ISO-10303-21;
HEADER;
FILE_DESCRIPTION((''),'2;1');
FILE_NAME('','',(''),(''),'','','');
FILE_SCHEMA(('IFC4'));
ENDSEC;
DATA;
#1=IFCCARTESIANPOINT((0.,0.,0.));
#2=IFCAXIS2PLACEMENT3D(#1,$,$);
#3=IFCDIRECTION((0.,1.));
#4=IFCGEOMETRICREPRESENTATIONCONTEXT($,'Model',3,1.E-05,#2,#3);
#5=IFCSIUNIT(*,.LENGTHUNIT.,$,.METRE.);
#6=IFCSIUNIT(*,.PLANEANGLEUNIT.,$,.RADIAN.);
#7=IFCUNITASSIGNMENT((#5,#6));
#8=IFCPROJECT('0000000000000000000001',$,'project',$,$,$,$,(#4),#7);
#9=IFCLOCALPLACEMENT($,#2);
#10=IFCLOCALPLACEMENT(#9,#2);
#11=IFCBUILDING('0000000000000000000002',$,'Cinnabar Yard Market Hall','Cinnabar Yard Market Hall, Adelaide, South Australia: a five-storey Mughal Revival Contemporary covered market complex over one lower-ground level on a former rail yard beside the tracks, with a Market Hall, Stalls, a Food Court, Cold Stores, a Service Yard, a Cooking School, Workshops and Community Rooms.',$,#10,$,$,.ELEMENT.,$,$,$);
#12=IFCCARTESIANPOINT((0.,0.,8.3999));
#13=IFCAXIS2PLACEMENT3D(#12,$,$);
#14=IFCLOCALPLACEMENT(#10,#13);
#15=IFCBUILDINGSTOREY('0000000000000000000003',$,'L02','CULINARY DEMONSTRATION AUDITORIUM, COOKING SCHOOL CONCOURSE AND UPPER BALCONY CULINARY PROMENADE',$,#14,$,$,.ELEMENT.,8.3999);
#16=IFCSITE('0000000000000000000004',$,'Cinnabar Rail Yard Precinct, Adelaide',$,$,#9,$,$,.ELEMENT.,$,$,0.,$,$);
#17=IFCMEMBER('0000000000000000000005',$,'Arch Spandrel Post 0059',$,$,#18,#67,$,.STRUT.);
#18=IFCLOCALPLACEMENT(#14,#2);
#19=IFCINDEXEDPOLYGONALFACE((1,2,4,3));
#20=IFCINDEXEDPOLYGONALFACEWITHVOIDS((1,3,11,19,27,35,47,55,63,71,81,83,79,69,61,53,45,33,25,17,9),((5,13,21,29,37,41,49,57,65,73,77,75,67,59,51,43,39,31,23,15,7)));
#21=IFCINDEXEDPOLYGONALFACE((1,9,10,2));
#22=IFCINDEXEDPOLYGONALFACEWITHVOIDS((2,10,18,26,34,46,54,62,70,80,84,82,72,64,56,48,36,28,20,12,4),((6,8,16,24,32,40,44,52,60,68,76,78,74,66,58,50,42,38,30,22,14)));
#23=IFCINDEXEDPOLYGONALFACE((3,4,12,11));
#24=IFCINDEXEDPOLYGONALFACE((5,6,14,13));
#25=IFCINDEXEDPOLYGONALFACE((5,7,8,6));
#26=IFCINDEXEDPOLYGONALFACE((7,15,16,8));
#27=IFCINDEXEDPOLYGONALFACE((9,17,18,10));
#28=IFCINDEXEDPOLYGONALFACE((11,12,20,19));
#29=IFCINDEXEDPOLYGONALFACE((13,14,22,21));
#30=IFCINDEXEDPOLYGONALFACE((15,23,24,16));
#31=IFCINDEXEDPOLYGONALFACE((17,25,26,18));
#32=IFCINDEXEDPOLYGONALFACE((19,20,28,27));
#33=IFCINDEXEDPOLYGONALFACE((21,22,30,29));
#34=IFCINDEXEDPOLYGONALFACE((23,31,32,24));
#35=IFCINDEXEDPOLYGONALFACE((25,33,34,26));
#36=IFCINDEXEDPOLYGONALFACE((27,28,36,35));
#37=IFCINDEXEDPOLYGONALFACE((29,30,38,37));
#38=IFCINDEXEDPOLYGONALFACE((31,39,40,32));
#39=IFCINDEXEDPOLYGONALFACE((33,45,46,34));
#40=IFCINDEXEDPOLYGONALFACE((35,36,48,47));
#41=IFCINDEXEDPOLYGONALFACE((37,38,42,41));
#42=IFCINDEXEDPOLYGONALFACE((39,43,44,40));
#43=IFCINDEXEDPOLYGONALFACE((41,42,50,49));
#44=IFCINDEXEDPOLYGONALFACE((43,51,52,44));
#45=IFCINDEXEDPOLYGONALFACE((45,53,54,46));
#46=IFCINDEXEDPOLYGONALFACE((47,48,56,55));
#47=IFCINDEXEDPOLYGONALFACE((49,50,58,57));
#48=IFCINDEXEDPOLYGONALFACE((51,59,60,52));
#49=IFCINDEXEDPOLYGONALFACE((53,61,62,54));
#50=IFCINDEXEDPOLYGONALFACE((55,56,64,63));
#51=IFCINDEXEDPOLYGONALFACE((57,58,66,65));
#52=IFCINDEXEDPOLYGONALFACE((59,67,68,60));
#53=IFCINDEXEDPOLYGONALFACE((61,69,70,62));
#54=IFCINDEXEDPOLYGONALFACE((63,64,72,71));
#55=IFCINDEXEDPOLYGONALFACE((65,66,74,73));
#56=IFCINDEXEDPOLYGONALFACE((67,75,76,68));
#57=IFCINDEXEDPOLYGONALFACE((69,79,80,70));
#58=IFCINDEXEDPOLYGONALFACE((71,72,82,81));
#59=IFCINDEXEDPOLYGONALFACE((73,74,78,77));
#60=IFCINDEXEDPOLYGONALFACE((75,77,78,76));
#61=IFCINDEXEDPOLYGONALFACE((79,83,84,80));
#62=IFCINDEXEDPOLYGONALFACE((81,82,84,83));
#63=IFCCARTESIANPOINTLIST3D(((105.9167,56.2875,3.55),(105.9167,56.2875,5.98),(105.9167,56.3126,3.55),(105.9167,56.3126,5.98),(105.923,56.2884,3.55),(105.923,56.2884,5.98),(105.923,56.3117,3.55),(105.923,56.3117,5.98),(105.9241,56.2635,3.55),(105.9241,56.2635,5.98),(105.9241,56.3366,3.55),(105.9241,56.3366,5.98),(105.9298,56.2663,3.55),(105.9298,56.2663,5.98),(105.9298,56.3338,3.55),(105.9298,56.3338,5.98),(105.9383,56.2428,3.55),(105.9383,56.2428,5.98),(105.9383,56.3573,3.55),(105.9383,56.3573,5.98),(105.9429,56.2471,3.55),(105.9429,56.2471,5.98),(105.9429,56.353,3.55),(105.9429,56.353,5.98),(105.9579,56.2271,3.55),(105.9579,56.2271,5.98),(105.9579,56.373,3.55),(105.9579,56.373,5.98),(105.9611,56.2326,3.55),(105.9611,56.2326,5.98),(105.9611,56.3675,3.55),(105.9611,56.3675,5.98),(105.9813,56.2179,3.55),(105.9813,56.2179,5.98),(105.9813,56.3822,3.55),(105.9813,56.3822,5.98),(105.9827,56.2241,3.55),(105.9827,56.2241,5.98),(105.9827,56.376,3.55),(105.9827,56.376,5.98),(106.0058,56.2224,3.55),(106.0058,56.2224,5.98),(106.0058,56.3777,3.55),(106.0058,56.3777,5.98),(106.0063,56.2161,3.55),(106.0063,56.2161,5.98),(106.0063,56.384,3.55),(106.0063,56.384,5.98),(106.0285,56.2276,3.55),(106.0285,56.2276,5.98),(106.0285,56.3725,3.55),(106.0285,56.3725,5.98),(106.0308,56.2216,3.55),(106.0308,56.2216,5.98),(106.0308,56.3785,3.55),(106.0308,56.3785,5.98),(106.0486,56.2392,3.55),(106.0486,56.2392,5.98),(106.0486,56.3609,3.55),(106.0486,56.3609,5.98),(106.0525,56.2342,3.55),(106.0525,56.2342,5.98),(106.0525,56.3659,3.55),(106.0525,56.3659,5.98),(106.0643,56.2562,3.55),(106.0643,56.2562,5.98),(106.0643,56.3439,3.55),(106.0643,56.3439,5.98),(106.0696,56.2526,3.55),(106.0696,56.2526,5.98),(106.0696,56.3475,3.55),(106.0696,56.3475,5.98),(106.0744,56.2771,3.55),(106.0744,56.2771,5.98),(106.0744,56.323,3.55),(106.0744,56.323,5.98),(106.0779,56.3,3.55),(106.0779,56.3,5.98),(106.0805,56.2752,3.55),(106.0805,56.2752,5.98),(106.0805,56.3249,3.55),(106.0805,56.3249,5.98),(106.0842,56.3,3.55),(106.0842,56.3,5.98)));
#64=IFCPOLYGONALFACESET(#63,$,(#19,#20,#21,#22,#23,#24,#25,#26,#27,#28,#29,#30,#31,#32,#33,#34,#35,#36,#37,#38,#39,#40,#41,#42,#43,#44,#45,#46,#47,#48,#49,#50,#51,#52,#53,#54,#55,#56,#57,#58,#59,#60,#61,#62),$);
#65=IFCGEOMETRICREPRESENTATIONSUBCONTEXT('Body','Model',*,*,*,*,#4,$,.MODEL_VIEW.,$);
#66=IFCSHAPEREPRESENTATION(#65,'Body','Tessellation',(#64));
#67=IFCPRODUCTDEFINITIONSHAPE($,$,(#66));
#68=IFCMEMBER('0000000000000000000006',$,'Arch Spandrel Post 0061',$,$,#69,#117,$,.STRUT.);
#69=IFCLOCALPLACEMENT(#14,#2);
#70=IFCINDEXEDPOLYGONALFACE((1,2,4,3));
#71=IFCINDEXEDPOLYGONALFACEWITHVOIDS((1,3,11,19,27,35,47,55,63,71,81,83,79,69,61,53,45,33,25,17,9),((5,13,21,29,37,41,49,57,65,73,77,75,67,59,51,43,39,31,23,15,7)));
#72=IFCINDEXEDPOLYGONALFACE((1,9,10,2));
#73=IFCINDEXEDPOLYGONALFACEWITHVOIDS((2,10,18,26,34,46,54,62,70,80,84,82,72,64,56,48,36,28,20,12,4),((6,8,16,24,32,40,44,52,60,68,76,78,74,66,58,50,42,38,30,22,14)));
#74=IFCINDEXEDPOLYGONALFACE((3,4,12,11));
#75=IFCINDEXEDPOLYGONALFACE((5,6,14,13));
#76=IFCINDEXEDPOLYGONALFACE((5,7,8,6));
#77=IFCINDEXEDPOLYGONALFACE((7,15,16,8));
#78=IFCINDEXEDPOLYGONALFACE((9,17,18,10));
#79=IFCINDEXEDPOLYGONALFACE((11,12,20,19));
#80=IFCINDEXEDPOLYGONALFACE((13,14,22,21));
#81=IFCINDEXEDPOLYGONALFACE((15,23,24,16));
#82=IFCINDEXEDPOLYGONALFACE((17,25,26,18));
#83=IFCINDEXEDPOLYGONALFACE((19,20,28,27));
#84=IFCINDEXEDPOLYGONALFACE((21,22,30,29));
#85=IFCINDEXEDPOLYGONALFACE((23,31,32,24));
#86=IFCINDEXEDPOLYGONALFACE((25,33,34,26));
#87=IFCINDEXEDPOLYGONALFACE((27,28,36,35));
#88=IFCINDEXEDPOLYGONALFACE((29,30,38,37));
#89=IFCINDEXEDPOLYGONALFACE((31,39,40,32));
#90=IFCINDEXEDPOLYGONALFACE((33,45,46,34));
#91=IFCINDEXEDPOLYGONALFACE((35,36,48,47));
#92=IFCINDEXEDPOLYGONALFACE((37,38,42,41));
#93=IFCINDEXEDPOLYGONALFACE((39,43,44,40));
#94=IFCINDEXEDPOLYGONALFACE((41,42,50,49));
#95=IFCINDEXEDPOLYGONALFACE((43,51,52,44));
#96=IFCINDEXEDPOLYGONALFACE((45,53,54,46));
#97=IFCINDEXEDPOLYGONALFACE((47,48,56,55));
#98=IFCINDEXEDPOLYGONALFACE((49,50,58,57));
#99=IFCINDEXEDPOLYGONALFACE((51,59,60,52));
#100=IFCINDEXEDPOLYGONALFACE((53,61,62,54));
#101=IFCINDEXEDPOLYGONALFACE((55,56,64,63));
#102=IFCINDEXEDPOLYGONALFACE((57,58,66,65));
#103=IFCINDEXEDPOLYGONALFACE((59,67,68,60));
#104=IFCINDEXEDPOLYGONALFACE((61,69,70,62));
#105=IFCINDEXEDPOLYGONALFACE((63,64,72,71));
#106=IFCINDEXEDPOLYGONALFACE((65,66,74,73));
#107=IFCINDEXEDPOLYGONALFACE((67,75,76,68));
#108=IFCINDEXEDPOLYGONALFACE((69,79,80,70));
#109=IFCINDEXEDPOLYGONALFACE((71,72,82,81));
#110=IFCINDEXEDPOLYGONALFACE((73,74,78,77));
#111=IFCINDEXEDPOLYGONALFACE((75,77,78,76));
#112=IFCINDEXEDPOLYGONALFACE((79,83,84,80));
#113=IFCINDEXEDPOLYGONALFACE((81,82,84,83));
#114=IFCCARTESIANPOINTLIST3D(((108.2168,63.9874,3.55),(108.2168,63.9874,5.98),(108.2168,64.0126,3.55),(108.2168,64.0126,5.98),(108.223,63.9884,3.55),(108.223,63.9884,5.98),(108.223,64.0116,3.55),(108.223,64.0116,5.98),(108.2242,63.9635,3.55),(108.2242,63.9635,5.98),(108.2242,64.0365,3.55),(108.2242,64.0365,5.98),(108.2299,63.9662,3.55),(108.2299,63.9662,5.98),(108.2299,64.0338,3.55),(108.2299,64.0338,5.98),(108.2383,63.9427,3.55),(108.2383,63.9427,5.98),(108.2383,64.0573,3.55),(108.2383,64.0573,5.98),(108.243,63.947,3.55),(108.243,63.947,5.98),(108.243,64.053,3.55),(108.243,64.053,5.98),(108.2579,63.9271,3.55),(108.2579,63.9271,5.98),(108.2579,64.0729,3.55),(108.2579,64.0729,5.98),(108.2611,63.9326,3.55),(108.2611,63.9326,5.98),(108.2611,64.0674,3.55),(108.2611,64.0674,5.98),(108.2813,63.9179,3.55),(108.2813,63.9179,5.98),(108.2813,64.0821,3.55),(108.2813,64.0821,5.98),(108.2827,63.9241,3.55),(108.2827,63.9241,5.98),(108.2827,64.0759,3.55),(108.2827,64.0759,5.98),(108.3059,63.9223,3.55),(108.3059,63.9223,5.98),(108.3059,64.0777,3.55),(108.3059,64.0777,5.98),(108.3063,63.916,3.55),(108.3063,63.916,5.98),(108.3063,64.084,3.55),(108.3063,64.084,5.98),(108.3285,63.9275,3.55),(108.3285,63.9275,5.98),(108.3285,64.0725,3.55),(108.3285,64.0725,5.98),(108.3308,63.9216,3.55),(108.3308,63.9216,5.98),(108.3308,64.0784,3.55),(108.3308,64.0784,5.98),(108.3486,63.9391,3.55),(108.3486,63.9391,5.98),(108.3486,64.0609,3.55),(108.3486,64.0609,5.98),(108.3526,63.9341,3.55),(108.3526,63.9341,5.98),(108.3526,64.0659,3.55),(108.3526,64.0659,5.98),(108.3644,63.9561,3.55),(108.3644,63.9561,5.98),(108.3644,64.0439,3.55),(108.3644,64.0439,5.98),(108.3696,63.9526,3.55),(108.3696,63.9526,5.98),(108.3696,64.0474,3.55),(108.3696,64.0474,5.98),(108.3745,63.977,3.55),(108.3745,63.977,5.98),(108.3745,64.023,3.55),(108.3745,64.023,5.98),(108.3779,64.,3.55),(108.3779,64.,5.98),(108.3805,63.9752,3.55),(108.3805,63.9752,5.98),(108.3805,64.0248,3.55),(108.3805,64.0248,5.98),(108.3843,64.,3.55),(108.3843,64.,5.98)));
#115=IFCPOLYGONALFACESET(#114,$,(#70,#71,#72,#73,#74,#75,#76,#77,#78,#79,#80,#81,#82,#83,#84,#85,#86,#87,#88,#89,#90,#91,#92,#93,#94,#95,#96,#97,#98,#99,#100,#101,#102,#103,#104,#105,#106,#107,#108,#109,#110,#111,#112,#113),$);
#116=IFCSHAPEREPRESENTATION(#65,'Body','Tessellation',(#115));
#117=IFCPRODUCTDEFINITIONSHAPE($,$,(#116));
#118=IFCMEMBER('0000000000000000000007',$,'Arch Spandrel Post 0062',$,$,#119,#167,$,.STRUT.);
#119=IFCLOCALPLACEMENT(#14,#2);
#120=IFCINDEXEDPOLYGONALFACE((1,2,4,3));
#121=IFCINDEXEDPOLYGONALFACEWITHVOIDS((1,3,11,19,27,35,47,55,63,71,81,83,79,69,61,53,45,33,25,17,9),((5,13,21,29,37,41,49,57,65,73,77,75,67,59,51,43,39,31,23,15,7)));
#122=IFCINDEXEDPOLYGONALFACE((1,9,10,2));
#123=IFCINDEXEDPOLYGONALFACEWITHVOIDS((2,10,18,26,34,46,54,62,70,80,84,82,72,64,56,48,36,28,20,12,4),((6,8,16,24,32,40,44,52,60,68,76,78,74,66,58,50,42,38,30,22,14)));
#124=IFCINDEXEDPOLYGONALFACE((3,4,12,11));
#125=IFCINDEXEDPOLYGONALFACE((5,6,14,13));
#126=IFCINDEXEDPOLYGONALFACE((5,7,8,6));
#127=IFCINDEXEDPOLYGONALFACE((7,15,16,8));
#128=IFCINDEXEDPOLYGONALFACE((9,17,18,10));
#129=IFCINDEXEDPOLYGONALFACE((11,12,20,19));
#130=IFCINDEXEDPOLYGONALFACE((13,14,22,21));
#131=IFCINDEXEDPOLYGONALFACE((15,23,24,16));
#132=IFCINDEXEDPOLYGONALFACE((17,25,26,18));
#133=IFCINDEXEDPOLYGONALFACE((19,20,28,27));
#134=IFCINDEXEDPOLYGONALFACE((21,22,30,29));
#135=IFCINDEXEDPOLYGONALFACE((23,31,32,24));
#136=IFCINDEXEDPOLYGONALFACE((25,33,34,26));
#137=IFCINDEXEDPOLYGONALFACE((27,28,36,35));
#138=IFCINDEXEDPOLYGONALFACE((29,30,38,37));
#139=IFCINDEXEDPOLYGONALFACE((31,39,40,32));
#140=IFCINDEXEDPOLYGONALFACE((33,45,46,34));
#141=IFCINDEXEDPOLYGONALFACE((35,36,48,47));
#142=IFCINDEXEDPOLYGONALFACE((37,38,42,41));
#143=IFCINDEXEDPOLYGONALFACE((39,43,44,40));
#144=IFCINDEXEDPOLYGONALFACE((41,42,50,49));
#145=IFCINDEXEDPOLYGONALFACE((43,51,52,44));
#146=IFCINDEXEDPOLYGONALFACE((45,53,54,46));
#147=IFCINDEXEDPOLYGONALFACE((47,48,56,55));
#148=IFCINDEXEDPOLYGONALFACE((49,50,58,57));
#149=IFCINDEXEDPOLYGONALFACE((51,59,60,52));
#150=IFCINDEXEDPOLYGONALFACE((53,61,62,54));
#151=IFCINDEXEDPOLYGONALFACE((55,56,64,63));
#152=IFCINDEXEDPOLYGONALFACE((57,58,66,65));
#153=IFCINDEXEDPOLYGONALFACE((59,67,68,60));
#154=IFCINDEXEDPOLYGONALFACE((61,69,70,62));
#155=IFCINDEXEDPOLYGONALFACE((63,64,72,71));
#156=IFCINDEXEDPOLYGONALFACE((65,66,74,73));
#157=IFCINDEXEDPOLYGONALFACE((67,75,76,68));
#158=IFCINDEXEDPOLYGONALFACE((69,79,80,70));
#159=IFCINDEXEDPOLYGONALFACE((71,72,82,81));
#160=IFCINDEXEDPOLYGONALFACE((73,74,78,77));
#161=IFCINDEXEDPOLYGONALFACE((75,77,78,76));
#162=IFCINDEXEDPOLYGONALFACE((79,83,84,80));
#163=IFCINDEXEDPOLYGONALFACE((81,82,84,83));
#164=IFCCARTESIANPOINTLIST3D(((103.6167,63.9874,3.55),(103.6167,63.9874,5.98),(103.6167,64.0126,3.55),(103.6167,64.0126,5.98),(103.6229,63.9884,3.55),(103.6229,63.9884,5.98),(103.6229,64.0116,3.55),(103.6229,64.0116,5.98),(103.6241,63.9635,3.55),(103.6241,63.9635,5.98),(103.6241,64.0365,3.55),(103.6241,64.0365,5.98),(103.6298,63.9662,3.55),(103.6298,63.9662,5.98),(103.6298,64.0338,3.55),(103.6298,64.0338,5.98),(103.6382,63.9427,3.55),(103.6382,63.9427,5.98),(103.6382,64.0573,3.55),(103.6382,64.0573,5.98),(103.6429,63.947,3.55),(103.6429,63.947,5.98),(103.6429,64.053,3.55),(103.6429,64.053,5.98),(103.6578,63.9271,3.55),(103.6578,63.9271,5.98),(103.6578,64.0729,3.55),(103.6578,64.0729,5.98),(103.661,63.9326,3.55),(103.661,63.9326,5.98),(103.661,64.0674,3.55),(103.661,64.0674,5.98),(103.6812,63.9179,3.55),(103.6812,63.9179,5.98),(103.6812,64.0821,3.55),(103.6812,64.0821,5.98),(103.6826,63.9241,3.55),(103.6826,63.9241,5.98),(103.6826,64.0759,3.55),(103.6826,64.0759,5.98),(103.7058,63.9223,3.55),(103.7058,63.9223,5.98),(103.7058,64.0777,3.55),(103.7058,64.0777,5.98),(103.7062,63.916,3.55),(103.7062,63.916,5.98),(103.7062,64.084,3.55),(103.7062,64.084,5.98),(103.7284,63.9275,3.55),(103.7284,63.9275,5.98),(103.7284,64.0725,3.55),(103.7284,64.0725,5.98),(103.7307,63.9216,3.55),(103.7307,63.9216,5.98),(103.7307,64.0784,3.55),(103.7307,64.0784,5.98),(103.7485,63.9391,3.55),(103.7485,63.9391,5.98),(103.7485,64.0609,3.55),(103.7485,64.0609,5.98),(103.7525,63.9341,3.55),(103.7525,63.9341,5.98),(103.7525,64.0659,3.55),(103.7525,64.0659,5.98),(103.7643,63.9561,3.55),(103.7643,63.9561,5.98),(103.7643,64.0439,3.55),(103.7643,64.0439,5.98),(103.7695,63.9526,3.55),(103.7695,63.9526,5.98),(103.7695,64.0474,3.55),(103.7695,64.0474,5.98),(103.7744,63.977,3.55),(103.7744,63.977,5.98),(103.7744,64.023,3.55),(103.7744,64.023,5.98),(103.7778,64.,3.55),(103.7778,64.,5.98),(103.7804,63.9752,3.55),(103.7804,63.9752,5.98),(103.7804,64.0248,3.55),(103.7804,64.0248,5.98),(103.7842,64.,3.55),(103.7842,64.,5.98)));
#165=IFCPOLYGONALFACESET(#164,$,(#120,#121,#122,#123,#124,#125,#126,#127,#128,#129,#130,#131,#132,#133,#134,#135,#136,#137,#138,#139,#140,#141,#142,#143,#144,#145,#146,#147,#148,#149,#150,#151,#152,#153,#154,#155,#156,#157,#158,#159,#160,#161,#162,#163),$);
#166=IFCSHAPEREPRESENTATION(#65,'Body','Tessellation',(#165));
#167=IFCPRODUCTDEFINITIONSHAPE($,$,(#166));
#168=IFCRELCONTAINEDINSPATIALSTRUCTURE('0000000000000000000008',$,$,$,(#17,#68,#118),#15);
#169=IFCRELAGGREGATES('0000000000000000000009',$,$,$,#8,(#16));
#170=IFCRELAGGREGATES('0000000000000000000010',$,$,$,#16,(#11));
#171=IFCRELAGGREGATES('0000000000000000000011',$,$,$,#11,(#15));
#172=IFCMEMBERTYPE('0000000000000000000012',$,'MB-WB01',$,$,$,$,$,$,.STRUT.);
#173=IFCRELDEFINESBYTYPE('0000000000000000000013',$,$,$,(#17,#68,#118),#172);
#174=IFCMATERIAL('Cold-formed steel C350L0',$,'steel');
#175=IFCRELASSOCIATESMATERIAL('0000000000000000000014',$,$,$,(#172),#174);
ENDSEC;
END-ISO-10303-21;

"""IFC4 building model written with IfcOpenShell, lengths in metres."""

from ifc_helpers import new_model, si_unit, direction, frame, origin, origin_2d_with_axis, place, context, subcontext, project, spatial, hollow_circle, extrude, material, material_profile, profile_set, type_object, element, save


model = new_model("IFC4")

# Units and contexts
model_context = context("Model", 3, precision=1e-05, world=origin(), true_north=direction((0.0, 1.0)))
body_context = subcontext(model_context, "Body", "Model", "MODEL_VIEW")
ifc_project = project(units=[si_unit("LENGTHUNIT", "METRE"), si_unit("PLANEANGLEUNIT", "RADIAN")], contexts=[model_context])

# Site, building, storey
site_placement = place(None, origin())
site = spatial("IfcSite", under=ifc_project, at=site_placement, Name="Cinnabar Rail Yard Precinct, Adelaide", CompositionType="ELEMENT", RefElevation=0.0)
building_placement = place(site_placement, origin())
building = spatial("IfcBuilding", under=site, at=building_placement, Name="Cinnabar Yard Market Hall", Description="Cinnabar Yard Market Hall, Adelaide, South Australia: a five-storey Mughal Revival Contemporary covered market complex over one lower-ground level on a former rail yard beside the tracks, with a Market Hall, Stalls, a Food Court, Cold Stores, a Service Yard, a Cooking School, Workshops and Community Rooms.", CompositionType="ELEMENT")
storey_placement = place(building_placement, frame((0.0, 0.0, 8.3999)))
storey = spatial("IfcBuildingStorey", under=building, at=storey_placement, Name="L02", Description="CULINARY DEMONSTRATION AUDITORIUM, COOKING SCHOOL CONCOURSE AND UPPER BALCONY CULINARY PROMENADE", CompositionType="ELEMENT", Elevation=8.3999)

# Members
ifc_material_1 = material(Name="Cold-formed steel C350L0", Category="steel")
ifc_material_profile_1 = material_profile(ifc_material_1, hollow_circle(Radius=0.0842, WallThickness=0.0063, at=origin_2d_with_axis()), Name="168.3x6.4CHS")
ifc_profile_set_1 = profile_set([ifc_material_profile_1], Name="Cold-formed steel C350L0")
member_type_1 = type_object("IfcMemberType", Name="MB-WB01", PredefinedType="STRUT", material=ifc_profile_set_1)
for number, where, z_axis, x_axis, name in (
    (1, (106.0, 56.3, 3.55), (0.0, 0.0, 1.0), (1.0, 0.0, 0.0), "Arch Spandrel Post 0059"),
    (2, (108.3, 64.0, 3.55), (0.0, 0.0, 1.0), (1.0, 0.0, 0.0), "Arch Spandrel Post 0061"),
    (3, (103.7, 64.0, 3.55), (0.0, 0.0, 1.0), (1.0, 0.0, 0.0), "Arch Spandrel Post 0062"),
):
    element("IfcMember", number, at=place(storey_placement, frame(where, z_axis=z_axis, x_axis=x_axis)), inside=storey, type_object=member_type_1, Name=name, PredefinedType="STRUT", context=body_context, shape_type="SweptSolid", body=[
        extrude(hollow_circle(Radius=0.0842, WallThickness=0.0063, at=origin_2d_with_axis()), origin(), (0.0, 0.0, 1.0), 2.4299),
    ])

save(model, "model.ifc")
